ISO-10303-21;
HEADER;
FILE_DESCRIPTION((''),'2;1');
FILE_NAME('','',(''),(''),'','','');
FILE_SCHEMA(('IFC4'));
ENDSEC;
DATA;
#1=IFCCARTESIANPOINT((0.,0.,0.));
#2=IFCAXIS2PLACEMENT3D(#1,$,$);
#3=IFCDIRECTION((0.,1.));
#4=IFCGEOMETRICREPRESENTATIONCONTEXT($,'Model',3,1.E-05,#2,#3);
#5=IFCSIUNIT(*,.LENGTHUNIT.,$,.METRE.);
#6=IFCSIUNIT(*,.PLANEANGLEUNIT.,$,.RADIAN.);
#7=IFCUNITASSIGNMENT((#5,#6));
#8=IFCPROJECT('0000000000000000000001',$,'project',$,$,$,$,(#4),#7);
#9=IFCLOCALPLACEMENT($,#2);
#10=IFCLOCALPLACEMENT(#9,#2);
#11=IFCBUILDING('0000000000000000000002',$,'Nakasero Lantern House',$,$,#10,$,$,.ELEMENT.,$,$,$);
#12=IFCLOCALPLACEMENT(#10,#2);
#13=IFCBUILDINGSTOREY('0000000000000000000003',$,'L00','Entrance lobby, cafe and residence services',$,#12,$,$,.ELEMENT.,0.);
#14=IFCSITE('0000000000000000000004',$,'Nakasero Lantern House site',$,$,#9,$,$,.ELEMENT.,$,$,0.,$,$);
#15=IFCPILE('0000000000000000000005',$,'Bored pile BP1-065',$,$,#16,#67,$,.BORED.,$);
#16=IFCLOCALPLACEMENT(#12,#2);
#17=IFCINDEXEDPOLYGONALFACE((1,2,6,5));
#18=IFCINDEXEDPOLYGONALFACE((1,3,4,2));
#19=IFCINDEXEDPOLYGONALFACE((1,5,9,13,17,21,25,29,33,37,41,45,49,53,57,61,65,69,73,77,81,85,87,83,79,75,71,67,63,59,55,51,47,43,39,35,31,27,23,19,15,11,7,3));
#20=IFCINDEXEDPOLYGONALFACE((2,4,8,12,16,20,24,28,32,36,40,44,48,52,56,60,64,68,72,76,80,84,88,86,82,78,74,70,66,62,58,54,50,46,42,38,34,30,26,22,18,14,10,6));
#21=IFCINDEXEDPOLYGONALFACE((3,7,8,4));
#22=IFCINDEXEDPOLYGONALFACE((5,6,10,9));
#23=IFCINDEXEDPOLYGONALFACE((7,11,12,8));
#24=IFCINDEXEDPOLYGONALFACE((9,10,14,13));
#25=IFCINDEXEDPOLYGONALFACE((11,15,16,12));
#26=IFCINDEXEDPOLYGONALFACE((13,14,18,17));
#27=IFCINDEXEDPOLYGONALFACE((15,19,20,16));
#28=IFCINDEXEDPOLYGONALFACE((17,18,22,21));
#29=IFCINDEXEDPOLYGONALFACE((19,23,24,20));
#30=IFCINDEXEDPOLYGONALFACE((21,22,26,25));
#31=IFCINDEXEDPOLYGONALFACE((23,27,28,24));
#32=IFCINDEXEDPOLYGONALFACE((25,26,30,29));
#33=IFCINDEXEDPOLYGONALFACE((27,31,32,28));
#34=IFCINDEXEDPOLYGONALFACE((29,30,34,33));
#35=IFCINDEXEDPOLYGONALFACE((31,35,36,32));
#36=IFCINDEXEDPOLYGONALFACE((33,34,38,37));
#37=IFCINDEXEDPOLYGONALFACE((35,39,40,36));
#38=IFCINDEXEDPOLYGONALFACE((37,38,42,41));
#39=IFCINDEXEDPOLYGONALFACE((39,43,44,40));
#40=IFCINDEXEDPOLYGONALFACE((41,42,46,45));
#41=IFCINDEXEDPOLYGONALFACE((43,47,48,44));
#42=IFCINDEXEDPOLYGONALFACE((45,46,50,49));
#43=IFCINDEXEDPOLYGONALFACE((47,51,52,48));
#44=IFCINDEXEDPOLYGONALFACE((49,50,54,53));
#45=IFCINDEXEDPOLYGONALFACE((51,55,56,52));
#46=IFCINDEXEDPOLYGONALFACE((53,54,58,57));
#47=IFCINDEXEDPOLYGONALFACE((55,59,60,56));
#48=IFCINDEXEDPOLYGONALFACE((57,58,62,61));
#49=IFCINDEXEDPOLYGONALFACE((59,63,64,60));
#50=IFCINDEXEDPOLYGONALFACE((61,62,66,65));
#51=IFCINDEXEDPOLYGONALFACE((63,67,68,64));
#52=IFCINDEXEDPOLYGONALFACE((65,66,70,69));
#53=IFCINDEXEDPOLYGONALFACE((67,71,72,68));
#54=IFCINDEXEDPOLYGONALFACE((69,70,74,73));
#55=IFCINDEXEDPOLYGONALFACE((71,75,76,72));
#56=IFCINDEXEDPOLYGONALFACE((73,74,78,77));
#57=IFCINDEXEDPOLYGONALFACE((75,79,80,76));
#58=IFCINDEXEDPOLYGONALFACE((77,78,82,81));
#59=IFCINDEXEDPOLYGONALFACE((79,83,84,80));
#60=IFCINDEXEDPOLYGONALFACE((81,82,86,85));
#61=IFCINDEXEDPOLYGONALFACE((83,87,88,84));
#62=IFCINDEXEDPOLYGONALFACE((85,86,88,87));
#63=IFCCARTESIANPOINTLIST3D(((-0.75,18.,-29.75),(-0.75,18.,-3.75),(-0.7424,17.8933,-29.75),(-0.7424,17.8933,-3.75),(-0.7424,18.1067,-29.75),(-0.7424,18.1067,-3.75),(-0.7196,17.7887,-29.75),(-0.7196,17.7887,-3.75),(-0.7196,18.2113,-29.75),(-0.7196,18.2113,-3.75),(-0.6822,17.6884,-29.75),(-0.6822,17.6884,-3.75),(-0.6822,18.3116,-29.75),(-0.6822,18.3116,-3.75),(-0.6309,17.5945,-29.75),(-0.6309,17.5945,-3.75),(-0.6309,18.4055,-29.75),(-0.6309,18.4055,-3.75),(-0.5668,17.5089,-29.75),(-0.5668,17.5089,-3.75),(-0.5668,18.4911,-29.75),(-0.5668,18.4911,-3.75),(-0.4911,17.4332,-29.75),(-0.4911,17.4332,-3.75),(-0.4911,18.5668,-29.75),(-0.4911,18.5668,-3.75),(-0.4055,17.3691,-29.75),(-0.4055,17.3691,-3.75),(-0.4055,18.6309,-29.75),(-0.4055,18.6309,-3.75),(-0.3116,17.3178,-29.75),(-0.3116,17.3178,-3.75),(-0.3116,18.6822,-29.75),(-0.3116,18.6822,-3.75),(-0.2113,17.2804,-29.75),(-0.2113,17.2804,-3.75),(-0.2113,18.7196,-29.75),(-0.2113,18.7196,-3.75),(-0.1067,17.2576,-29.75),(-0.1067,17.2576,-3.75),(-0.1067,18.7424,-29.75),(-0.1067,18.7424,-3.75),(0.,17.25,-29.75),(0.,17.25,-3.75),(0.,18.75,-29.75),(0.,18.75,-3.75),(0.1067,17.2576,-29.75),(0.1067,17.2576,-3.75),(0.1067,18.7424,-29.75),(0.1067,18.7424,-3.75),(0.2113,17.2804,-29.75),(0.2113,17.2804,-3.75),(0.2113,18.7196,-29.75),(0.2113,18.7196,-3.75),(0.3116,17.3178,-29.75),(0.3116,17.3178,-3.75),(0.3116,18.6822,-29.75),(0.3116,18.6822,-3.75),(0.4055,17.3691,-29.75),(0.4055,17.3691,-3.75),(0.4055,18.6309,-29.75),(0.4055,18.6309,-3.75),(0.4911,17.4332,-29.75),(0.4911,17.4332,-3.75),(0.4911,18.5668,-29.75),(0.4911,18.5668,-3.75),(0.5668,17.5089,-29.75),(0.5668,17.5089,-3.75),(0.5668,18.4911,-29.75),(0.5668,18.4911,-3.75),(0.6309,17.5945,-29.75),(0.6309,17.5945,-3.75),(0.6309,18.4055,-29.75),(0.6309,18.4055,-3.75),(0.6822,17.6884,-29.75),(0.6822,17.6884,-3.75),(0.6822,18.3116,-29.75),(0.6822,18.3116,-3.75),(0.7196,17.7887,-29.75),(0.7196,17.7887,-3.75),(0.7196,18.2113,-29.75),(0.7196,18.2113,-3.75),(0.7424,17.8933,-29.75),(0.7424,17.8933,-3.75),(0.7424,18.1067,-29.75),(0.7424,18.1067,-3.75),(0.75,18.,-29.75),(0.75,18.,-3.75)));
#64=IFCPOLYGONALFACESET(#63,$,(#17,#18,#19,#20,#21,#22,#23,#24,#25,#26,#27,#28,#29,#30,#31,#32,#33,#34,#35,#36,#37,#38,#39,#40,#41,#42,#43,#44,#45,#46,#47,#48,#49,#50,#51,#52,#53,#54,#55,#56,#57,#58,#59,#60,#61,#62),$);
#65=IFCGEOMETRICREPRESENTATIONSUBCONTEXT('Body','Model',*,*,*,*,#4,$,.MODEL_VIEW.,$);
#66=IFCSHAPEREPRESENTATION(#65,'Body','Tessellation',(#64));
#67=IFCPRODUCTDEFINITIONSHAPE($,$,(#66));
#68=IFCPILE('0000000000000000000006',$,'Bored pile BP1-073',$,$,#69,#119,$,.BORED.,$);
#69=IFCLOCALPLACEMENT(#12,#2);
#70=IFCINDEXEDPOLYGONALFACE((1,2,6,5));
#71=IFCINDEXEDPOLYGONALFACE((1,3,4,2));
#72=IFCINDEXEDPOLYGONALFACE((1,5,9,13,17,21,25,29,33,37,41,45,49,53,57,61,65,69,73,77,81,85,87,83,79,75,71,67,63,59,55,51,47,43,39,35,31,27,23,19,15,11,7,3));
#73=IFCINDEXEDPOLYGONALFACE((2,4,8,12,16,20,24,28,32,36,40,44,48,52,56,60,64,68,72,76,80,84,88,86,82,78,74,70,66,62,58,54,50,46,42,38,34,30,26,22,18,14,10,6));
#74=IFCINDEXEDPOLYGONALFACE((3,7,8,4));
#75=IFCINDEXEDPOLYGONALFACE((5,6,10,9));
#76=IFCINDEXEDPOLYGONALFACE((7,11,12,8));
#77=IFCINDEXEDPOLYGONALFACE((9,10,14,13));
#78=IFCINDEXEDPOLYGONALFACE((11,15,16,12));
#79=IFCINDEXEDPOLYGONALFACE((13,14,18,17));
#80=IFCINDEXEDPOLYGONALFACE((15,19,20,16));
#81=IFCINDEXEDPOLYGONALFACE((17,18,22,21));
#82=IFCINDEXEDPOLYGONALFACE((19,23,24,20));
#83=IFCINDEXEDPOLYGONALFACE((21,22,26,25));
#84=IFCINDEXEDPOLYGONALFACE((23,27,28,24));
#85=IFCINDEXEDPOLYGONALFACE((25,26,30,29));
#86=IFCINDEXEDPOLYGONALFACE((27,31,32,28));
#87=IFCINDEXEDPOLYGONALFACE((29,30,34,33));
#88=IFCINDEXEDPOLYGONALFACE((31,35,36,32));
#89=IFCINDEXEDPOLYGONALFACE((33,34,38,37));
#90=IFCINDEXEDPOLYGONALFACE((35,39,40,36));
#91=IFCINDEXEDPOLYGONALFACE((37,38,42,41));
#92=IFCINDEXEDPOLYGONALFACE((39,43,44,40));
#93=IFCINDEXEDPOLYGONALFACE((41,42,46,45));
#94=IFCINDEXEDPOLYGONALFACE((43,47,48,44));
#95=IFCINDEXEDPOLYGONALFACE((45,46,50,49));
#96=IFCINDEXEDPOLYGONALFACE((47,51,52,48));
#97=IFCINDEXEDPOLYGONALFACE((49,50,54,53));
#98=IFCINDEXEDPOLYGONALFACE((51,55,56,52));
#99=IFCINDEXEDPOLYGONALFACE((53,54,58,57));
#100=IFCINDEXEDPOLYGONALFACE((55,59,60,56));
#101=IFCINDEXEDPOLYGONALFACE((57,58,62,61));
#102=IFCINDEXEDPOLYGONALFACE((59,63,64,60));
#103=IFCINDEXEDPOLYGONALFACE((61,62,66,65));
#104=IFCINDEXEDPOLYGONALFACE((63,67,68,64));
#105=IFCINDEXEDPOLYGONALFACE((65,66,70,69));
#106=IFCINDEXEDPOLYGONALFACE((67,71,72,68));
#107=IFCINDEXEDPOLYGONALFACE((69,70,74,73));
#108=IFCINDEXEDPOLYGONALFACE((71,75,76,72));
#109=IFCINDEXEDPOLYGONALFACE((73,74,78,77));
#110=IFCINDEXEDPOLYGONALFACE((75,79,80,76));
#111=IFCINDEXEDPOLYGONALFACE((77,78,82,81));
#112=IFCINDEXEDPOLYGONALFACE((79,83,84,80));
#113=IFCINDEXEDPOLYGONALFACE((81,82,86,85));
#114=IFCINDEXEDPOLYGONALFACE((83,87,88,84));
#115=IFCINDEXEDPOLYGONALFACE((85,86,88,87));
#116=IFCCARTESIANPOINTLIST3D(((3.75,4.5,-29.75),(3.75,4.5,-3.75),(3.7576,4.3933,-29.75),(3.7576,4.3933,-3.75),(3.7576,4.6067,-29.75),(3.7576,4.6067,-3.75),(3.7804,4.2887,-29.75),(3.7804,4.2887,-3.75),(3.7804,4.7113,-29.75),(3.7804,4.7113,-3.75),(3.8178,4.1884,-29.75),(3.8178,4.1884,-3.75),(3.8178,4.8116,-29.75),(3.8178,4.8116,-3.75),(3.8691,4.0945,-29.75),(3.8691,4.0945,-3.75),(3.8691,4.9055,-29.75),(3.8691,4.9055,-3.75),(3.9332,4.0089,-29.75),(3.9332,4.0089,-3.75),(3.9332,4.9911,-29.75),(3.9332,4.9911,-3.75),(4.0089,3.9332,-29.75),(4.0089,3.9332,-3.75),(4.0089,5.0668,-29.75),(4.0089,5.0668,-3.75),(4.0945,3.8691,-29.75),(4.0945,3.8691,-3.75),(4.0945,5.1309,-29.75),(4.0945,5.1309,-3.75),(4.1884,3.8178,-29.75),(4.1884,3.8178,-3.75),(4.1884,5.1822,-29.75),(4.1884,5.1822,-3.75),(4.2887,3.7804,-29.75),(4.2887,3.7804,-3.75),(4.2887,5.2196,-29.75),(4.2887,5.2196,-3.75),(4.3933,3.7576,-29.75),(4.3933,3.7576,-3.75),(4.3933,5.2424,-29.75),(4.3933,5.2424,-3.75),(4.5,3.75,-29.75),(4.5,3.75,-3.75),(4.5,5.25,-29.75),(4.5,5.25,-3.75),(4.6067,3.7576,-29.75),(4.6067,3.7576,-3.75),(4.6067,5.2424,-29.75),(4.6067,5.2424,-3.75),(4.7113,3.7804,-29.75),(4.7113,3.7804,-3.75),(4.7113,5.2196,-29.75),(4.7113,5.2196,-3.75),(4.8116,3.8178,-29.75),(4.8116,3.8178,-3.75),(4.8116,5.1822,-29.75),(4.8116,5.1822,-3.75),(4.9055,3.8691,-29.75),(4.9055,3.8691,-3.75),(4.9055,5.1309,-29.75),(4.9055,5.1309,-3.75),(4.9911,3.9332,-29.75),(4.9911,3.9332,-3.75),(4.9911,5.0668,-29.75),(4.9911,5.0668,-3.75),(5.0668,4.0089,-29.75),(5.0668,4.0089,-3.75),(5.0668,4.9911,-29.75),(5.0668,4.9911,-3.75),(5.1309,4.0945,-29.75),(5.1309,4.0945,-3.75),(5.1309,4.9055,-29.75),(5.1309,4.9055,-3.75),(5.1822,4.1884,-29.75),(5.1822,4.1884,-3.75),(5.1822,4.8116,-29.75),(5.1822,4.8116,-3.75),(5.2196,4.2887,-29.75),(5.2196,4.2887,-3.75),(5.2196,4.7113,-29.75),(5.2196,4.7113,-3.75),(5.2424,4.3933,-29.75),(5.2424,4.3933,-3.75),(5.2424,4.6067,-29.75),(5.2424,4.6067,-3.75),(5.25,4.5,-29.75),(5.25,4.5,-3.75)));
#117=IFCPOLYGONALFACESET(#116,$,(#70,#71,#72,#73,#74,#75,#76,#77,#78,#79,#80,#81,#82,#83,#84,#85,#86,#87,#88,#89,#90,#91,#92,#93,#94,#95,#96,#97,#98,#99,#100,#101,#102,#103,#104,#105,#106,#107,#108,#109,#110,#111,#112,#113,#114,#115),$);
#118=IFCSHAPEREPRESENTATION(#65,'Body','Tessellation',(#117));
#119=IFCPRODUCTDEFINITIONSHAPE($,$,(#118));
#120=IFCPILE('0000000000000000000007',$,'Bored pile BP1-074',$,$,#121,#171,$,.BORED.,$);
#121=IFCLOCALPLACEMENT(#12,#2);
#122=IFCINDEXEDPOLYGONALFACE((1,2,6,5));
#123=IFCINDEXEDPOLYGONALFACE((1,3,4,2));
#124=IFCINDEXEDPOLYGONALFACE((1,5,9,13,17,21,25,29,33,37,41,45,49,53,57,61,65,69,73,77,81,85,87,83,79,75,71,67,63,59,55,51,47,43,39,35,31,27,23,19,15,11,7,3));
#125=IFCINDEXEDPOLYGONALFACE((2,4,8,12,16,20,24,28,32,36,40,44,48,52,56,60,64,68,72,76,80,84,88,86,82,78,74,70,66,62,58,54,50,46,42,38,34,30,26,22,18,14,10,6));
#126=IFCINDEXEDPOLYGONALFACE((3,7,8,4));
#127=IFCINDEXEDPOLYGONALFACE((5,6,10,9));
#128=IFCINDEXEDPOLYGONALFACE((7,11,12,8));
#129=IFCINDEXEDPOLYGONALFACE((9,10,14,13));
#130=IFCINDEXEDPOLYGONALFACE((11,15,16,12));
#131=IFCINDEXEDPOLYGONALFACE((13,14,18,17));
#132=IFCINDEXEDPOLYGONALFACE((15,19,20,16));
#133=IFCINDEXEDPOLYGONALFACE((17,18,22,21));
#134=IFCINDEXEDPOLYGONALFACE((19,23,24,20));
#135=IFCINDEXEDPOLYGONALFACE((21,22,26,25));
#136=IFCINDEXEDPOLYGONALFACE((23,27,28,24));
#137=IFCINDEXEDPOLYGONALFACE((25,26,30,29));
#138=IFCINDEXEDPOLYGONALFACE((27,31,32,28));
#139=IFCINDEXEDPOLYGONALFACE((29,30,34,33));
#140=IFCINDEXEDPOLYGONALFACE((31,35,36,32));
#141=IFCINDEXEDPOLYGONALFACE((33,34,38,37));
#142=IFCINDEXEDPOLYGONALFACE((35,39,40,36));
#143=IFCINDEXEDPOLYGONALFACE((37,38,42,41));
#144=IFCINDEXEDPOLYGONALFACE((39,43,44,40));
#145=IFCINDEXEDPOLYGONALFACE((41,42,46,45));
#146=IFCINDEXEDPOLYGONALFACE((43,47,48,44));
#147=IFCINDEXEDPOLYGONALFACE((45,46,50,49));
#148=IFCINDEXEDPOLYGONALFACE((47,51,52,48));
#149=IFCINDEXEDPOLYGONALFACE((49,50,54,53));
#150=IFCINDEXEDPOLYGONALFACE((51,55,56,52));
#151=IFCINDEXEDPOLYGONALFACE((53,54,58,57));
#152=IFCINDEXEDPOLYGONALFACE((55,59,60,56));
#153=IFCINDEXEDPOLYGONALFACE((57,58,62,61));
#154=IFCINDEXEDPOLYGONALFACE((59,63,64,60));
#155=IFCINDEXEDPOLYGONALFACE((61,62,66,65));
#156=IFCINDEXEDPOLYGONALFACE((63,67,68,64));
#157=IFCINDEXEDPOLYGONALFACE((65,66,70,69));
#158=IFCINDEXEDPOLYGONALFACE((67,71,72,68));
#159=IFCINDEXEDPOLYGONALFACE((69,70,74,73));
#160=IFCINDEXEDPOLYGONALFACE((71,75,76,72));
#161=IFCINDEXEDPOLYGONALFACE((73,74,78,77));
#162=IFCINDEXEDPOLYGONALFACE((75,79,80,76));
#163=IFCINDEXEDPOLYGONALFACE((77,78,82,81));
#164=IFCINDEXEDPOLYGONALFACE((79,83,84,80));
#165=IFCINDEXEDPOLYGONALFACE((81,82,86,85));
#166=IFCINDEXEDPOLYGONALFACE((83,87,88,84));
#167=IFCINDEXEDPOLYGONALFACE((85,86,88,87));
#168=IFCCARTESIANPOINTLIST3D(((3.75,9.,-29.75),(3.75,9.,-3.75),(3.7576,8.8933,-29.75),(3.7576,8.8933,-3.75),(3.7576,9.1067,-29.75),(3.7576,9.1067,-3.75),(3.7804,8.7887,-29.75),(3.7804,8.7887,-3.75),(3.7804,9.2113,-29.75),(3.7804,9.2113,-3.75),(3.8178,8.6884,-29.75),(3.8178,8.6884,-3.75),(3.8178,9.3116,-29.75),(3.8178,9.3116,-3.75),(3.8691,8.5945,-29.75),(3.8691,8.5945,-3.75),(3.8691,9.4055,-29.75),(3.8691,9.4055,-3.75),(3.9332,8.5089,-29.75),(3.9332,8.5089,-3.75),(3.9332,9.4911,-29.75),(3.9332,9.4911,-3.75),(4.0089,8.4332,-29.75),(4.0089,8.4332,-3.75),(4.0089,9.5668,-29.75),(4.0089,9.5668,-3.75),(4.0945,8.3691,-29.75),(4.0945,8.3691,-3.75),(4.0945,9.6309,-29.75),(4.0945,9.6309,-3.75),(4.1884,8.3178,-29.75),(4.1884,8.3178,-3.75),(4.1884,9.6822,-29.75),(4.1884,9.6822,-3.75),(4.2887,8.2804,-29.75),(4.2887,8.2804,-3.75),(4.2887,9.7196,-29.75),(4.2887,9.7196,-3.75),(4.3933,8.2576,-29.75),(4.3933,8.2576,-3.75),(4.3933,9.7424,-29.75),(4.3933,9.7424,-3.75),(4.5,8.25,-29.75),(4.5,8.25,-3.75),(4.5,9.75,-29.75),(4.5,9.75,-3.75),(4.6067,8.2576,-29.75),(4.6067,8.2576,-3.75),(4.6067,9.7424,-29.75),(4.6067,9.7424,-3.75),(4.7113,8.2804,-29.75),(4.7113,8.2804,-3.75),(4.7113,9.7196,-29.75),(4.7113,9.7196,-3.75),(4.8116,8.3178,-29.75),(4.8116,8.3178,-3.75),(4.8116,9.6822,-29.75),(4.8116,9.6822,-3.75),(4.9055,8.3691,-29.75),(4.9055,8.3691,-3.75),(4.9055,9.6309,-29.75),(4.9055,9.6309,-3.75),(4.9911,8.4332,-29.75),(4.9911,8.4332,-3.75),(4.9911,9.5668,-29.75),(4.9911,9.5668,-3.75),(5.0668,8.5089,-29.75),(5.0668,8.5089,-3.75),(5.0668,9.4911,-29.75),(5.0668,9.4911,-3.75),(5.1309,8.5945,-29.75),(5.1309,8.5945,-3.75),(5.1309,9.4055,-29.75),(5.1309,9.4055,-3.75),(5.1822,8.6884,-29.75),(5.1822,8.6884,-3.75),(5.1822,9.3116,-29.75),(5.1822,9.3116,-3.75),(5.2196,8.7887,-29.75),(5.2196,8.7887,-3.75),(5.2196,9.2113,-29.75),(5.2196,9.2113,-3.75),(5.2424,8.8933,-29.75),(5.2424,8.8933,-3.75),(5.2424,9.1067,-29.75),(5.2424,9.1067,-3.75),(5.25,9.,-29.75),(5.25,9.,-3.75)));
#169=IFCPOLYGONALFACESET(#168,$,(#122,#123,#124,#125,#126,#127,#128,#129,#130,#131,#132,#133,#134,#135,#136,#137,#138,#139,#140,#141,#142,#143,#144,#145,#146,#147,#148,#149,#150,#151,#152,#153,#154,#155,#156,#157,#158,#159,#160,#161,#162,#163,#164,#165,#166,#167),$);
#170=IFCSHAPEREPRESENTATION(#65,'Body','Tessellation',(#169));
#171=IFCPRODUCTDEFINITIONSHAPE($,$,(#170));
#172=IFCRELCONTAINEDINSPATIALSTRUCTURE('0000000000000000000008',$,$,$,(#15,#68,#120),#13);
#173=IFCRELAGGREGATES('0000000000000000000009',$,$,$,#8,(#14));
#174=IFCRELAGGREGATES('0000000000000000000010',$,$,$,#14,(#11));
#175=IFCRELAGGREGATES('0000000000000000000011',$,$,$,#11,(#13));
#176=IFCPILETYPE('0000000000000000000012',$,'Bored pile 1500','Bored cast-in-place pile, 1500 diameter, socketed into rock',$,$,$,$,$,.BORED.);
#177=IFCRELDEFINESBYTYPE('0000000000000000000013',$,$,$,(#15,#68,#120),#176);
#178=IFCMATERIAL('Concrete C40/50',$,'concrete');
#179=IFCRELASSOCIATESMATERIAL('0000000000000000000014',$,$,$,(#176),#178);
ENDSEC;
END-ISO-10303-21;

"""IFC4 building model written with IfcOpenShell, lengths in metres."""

from ifc_helpers import new_model, si_unit, direction, frame, origin, origin_2d, place, context, subcontext, project, spatial, circle, extrude, material, type_object, element, save


model = new_model("IFC4")

# Units and contexts
model_context = context("Model", 3, precision=1e-05, world=origin(), true_north=direction((0.0, 1.0)))
body_context = subcontext(model_context, "Body", "Model", "MODEL_VIEW")
ifc_project = project(units=[si_unit("LENGTHUNIT", "METRE"), si_unit("PLANEANGLEUNIT", "RADIAN")], contexts=[model_context])

# Site, building, storey
site_placement = place(None, origin())
site = spatial("IfcSite", under=ifc_project, at=site_placement, Name="Nakasero Lantern House site", CompositionType="ELEMENT", RefElevation=0.0)
building_placement = place(site_placement, origin())
building = spatial("IfcBuilding", under=site, at=building_placement, Name="Nakasero Lantern House", CompositionType="ELEMENT")
storey_placement = place(building_placement, origin())
storey = spatial("IfcBuildingStorey", under=building, at=storey_placement, Name="L00", Description="Entrance lobby, cafe and residence services", CompositionType="ELEMENT", Elevation=0.0)

# Piles
ifc_material_1 = material(Name="Concrete C40/50", Category="concrete")
pile_type = type_object("IfcPileType", Name="Bored pile 1500", Description="Bored cast-in-place pile, 1500 diameter, socketed into rock", PredefinedType="BORED", material=ifc_material_1)
for number, where, z_axis, x_axis, name in (
    (1, (0.0, 18.0, -3.75), (0.0, 0.0, -1.0), (1.0, 0.0, 0.0), "Bored pile BP1-065"),
    (2, (4.5, 4.5, -3.75), (0.0, 0.0, -1.0), (1.0, 0.0, 0.0), "Bored pile BP1-073"),
    (3, (4.5, 9.0, -3.75), (0.0, 0.0, -1.0), (1.0, 0.0, 0.0), "Bored pile BP1-074"),
):
    element("IfcPile", number, at=place(storey_placement, frame(where, z_axis=z_axis, x_axis=x_axis)), inside=storey, type_object=pile_type, Name=name, PredefinedType="BORED", context=body_context, shape_type="SweptSolid", body=[
        extrude(circle(Radius=0.75, at=origin_2d()), origin(), (0.0, 0.0, 1.0), 26.0),
    ])

save(model, "model.ifc")
